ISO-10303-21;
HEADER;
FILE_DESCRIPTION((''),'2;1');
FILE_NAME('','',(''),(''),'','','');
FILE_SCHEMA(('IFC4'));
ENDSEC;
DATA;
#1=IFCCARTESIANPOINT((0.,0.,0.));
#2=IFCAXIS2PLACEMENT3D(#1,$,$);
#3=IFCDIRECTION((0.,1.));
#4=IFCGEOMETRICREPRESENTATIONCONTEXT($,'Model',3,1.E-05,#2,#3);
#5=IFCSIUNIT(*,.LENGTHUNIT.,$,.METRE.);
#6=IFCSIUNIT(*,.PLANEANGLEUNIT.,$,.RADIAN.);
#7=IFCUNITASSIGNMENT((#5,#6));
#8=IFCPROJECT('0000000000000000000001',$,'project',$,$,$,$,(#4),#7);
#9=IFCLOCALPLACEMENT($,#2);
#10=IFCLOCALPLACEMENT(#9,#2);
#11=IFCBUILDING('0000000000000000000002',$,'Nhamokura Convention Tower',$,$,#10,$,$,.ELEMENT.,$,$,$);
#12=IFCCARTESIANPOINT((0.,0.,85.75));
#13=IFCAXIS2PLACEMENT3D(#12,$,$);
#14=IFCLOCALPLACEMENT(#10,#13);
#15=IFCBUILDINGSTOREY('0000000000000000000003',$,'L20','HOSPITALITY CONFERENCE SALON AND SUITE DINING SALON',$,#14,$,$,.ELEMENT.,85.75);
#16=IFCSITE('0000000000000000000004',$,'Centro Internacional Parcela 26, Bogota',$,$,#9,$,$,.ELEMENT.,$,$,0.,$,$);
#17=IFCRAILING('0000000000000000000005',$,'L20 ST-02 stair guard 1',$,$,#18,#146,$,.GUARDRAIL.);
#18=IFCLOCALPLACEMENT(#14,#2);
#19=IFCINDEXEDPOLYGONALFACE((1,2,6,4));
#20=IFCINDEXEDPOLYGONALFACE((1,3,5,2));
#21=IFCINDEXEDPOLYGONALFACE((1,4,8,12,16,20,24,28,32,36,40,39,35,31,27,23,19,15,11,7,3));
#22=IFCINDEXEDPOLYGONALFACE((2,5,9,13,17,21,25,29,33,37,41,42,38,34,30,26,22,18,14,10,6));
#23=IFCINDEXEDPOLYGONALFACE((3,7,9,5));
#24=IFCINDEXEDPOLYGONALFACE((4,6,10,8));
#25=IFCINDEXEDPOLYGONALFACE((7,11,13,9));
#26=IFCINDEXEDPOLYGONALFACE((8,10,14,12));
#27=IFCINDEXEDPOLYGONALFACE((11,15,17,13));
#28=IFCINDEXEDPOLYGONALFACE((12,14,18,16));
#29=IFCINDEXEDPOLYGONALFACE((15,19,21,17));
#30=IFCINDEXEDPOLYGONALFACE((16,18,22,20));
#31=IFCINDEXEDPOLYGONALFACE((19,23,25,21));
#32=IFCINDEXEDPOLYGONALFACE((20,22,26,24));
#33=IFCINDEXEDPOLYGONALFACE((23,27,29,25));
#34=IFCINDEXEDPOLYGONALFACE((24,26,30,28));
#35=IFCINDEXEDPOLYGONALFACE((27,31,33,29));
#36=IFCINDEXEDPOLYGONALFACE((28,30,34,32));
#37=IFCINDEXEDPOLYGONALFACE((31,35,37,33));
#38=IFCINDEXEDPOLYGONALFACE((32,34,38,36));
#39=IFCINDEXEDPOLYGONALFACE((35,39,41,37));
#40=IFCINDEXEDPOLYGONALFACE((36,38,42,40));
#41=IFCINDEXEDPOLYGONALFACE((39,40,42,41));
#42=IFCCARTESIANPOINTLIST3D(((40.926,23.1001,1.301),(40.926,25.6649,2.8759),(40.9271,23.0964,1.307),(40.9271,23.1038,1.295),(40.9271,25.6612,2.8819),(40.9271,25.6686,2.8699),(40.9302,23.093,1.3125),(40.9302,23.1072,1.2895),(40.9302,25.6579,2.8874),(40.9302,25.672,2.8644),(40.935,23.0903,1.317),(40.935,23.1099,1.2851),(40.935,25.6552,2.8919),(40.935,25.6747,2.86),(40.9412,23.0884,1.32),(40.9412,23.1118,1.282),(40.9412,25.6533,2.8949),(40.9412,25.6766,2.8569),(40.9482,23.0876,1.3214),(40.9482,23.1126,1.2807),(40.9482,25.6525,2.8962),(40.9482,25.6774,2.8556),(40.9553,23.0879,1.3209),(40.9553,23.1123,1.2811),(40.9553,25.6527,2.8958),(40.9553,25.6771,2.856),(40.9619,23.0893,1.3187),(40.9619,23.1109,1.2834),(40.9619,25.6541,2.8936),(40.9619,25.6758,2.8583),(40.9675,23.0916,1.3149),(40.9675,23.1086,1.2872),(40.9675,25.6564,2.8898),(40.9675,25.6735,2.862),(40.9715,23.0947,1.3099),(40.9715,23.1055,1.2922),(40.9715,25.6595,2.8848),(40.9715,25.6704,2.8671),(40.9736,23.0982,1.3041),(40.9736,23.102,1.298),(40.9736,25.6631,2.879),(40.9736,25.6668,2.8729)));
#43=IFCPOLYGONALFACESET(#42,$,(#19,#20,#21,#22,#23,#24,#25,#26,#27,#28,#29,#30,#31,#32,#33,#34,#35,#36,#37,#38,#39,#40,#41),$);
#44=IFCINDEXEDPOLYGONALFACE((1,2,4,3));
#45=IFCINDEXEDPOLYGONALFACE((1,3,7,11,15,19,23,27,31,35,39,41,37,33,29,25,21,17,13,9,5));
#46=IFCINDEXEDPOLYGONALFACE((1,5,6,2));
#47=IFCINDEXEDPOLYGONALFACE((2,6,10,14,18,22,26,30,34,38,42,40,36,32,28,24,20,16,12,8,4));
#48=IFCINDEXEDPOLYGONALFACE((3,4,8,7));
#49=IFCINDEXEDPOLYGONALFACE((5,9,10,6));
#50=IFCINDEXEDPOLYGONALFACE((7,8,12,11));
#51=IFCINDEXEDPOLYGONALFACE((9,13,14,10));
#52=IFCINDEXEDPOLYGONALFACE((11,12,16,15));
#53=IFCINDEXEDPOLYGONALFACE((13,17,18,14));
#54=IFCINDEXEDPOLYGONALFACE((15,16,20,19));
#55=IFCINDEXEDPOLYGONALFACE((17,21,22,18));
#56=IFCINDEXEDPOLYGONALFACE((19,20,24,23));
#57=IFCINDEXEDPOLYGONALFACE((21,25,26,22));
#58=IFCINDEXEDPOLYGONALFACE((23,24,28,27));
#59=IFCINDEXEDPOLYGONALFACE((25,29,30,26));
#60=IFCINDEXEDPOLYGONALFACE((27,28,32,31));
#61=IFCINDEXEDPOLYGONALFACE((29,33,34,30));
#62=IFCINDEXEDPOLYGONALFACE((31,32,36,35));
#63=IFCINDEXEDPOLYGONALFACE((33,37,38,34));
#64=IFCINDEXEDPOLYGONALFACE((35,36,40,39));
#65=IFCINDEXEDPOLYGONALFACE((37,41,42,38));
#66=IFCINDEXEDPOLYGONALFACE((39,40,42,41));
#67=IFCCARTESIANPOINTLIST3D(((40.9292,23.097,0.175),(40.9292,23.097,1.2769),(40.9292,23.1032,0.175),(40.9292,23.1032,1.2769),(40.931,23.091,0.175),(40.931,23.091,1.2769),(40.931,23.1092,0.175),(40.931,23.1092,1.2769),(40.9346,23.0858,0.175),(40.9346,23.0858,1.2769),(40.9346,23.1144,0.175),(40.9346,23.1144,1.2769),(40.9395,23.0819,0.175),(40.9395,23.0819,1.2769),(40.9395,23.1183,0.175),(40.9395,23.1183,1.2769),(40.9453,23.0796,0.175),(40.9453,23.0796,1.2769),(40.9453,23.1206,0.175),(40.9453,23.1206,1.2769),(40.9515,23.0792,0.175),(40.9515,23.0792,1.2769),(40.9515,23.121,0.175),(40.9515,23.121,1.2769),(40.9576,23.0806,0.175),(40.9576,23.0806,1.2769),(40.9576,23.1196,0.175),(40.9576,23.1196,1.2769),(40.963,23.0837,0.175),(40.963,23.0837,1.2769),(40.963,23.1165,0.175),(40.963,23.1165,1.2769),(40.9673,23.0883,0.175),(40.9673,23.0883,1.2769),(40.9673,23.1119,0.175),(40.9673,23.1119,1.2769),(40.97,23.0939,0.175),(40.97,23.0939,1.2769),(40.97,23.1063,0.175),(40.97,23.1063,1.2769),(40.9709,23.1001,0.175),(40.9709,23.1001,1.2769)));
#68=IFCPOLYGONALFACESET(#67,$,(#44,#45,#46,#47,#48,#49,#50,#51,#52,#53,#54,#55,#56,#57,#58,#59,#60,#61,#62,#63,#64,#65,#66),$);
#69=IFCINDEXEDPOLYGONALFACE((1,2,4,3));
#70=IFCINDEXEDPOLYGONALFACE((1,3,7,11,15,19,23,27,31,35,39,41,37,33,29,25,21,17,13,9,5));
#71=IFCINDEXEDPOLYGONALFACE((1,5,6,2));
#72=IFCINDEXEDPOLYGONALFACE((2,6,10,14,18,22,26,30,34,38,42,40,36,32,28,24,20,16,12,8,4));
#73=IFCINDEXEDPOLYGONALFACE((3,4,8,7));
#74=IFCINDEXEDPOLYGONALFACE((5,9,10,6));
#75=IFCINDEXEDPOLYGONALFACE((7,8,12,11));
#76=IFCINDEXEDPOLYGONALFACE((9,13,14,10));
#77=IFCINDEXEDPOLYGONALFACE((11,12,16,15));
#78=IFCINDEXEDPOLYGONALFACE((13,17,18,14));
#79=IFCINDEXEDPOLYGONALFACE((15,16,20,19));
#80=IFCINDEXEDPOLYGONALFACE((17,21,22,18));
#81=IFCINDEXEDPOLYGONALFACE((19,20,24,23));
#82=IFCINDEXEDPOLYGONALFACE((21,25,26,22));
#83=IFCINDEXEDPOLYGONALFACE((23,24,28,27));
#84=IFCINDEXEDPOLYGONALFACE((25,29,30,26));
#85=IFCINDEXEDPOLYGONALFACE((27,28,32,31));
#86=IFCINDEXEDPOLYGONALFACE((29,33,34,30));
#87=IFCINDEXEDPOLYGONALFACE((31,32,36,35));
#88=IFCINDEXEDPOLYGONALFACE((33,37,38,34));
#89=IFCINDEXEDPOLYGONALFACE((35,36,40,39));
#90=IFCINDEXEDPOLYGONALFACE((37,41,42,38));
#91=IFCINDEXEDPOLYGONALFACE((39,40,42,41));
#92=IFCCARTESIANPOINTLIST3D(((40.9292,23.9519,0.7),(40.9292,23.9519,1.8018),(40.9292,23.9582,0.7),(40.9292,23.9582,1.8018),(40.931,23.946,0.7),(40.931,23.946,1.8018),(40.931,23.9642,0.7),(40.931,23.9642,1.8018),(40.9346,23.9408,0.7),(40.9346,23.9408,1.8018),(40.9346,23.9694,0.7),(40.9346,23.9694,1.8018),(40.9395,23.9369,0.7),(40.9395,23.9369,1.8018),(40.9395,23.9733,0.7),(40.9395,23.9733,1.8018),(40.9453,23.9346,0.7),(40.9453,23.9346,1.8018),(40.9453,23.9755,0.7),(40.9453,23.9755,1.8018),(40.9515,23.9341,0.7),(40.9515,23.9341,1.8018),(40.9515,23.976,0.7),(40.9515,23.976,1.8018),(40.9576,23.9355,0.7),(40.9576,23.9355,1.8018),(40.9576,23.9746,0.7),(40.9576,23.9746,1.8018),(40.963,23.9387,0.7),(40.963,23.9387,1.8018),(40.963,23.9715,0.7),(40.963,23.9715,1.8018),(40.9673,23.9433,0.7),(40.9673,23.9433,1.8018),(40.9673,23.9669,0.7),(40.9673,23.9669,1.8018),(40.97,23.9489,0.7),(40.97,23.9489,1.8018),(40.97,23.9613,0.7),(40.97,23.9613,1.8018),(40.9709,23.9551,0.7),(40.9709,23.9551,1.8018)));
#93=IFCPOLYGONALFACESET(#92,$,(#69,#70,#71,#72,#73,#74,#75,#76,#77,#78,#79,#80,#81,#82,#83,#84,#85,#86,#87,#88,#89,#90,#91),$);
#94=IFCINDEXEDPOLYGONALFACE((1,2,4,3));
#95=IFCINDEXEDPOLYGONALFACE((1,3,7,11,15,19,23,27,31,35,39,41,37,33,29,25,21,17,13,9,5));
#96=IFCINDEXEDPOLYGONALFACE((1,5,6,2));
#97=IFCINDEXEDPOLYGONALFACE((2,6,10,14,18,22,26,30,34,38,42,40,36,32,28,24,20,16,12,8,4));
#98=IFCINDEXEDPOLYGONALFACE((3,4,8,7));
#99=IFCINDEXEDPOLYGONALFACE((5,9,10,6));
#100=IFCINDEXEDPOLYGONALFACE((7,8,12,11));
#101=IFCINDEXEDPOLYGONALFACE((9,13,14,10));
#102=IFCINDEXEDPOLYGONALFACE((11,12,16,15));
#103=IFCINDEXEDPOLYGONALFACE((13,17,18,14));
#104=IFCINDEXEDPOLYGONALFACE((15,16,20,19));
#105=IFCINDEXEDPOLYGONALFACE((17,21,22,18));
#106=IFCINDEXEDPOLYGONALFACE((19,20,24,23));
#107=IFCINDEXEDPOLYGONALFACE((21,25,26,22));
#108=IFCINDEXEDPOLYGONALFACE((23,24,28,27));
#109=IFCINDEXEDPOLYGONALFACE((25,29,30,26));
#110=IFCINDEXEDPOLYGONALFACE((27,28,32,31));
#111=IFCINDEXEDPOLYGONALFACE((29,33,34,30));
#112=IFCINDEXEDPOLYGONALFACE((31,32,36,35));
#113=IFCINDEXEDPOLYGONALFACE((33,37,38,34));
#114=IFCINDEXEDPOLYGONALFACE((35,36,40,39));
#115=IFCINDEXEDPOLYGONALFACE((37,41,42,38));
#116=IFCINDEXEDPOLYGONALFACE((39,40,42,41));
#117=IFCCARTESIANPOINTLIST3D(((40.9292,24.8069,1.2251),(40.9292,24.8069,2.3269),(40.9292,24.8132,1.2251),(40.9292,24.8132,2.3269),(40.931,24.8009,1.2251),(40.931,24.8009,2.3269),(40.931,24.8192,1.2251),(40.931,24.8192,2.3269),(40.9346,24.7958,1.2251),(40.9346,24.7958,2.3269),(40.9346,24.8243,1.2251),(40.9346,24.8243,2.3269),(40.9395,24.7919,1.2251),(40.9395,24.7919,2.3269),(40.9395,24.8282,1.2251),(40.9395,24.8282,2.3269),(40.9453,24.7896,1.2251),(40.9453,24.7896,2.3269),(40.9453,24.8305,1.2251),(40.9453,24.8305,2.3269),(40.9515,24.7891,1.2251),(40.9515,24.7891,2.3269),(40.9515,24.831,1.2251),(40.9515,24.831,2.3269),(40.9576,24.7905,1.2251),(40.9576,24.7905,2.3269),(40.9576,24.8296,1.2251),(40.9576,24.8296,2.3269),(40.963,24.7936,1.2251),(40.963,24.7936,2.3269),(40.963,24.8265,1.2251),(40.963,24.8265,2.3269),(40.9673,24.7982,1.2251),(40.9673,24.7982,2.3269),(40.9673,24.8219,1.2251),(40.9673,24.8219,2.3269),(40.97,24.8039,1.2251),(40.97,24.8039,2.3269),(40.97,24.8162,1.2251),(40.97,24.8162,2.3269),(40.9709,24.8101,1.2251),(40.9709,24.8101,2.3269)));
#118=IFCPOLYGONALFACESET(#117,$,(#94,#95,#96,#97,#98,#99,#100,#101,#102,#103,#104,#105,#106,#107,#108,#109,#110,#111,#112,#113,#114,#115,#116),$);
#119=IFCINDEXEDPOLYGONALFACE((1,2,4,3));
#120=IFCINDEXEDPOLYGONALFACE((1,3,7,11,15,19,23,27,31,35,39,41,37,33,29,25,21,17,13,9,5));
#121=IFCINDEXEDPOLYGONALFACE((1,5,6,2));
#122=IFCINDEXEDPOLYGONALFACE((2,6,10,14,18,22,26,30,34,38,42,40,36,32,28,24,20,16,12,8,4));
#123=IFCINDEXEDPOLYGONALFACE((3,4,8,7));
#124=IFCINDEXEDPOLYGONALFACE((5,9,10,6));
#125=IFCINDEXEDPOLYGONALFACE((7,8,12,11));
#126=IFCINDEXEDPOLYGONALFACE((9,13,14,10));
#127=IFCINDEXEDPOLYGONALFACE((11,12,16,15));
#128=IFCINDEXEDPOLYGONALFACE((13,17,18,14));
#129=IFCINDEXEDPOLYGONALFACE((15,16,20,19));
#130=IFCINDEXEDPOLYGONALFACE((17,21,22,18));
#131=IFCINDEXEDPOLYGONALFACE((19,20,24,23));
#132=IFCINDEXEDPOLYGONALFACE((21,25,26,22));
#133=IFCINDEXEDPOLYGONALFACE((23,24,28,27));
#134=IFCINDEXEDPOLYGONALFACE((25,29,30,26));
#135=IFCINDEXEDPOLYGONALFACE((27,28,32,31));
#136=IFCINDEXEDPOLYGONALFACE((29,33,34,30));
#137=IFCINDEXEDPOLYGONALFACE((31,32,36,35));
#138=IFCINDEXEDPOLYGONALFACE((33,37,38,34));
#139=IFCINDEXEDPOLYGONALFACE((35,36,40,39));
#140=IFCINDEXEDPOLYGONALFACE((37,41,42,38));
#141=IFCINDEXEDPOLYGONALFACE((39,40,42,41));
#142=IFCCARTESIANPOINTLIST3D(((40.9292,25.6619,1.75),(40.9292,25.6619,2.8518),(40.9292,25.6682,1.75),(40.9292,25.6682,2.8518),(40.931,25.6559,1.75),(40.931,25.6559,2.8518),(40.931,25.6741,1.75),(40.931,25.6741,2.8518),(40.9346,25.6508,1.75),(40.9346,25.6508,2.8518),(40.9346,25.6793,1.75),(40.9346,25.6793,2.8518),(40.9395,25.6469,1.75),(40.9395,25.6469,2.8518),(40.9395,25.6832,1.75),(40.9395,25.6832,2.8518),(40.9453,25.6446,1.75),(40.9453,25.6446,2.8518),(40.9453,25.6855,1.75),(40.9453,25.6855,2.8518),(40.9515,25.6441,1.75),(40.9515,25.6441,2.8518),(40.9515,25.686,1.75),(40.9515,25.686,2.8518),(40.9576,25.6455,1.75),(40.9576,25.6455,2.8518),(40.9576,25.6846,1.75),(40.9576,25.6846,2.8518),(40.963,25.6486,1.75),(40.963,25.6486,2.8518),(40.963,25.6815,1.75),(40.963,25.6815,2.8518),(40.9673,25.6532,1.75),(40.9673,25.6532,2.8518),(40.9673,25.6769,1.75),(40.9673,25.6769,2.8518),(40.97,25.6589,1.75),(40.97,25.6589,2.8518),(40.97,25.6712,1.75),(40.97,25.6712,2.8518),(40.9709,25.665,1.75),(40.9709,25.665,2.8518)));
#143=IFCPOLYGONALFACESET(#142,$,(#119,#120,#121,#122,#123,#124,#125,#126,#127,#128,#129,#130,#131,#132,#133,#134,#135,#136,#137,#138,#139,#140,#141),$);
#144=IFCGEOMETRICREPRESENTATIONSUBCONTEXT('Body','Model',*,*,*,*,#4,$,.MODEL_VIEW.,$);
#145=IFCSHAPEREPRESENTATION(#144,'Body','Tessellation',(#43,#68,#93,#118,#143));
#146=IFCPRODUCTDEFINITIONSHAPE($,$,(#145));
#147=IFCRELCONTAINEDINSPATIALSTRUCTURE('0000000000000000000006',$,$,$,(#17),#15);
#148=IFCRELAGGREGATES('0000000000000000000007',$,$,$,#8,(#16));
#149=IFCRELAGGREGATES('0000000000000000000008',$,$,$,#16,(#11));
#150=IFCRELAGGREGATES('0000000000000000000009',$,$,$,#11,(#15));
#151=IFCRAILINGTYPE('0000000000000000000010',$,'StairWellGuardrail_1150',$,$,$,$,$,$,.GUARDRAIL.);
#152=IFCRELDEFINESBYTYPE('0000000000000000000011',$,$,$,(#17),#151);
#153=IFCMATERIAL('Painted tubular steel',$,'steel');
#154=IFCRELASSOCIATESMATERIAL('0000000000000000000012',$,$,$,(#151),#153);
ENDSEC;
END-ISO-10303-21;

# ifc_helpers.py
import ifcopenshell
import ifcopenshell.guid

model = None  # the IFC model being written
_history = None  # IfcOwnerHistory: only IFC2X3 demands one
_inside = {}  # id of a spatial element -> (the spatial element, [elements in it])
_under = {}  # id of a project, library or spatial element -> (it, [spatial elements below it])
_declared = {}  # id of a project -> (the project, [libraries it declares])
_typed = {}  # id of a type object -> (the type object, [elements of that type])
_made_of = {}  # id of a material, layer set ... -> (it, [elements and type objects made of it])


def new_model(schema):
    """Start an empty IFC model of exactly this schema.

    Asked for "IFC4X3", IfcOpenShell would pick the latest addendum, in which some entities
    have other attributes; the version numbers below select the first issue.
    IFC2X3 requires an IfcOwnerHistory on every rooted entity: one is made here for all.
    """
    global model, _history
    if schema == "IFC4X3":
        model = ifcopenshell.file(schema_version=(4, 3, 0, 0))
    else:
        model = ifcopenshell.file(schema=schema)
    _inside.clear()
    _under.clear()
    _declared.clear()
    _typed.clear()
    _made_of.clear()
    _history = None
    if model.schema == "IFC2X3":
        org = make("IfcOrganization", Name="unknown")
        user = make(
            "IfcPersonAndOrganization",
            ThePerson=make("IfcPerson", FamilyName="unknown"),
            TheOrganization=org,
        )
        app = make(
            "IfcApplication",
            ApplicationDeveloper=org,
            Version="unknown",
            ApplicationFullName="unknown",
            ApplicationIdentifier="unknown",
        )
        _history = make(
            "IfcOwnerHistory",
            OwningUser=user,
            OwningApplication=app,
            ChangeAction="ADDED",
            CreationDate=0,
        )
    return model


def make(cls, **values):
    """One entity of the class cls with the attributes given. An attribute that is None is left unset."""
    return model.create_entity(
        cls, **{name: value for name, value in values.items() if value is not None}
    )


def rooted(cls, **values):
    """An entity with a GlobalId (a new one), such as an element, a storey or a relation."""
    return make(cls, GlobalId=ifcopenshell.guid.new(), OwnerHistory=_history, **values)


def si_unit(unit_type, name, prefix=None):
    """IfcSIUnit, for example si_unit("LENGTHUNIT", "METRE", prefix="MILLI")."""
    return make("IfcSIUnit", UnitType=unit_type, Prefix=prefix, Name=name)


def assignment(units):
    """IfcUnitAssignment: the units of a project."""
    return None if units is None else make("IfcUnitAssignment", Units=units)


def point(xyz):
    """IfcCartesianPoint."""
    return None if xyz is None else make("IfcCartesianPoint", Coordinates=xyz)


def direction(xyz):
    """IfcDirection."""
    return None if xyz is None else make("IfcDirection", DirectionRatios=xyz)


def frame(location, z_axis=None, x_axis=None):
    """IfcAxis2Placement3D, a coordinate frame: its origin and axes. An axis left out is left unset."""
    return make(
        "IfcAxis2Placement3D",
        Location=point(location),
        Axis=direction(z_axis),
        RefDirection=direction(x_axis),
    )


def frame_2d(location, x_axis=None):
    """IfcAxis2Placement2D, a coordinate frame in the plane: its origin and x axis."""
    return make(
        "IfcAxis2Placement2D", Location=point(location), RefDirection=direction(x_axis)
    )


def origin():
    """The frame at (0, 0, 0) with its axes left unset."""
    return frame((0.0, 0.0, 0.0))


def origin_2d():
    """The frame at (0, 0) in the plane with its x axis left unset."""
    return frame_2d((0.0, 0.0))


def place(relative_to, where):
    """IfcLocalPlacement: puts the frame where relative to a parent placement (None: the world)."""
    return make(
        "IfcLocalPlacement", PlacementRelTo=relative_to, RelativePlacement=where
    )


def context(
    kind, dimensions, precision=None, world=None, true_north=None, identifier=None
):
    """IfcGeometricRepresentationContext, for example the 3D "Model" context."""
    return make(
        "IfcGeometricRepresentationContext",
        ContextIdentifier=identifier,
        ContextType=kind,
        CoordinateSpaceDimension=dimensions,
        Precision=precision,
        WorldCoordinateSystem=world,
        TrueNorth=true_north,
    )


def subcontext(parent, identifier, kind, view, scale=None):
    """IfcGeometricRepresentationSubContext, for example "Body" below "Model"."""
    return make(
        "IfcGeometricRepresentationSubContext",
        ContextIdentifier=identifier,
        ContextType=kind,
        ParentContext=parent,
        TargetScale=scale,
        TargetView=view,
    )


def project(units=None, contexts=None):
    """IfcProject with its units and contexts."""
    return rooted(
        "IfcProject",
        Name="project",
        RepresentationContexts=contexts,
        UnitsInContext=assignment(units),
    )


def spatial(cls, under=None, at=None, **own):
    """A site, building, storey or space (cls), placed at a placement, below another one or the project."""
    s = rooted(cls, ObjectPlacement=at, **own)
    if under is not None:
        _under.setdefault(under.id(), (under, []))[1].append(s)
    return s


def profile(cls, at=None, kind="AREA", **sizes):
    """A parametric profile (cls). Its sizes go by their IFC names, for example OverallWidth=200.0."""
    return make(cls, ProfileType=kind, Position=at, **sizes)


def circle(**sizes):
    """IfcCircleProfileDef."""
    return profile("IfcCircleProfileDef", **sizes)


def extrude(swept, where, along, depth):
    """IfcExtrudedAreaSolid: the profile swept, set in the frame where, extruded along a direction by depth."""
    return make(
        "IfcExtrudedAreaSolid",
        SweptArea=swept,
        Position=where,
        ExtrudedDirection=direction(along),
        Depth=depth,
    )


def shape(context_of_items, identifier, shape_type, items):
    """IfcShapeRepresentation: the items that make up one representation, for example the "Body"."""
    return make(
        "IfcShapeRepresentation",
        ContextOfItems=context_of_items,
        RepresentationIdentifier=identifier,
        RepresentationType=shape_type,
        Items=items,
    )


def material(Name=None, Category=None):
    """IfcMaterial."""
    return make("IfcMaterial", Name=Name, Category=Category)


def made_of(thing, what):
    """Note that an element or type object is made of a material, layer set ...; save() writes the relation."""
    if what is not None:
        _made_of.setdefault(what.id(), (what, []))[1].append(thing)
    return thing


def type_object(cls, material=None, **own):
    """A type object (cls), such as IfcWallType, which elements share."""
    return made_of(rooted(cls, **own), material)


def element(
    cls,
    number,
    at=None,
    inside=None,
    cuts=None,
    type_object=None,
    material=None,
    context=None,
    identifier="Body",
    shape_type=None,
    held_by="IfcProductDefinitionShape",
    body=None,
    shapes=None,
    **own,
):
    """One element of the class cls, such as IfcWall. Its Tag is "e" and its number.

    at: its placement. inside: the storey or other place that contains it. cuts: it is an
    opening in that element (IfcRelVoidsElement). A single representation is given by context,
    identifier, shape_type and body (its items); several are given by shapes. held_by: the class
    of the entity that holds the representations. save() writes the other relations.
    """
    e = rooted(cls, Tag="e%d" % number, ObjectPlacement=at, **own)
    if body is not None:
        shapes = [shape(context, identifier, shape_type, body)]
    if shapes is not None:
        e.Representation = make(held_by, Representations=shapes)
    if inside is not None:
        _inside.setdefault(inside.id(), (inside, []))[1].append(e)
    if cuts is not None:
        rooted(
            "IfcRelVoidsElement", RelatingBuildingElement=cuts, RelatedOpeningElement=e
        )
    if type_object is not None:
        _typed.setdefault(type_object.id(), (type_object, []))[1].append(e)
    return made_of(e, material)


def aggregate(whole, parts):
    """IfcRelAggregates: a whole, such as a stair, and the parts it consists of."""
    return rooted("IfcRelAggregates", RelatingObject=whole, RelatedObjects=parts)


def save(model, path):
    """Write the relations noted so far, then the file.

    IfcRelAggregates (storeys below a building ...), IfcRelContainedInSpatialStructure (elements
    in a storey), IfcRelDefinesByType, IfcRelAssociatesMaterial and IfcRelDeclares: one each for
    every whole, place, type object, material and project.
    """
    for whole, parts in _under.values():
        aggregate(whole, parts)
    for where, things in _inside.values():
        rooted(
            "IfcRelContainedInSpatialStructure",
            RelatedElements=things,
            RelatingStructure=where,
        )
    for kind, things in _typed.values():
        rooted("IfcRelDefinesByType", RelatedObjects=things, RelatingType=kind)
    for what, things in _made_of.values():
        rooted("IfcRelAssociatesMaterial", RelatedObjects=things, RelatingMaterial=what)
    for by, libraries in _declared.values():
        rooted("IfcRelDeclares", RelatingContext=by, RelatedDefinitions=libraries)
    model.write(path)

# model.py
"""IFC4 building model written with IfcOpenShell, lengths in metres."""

from ifc_helpers import new_model, si_unit, direction, frame, origin, origin_2d, place, context, subcontext, project, spatial, circle, extrude, material, type_object, element, save


model = new_model("IFC4")

# Units and contexts
model_context = context("Model", 3, precision=1e-05, world=origin(), true_north=direction((0.0, 1.0)))
body_context = subcontext(model_context, "Body", "Model", "MODEL_VIEW")
ifc_project = project(units=[si_unit("LENGTHUNIT", "METRE"), si_unit("PLANEANGLEUNIT", "RADIAN")], contexts=[model_context])

# Site, building, storey
site_placement = place(None, origin())
site = spatial("IfcSite", under=ifc_project, at=site_placement, Name="Centro Internacional Parcela 26, Bogota", CompositionType="ELEMENT", RefElevation=0.0)
building_placement = place(site_placement, origin())
building = spatial("IfcBuilding", under=site, at=building_placement, Name="Nhamokura Convention Tower", CompositionType="ELEMENT")
storey_placement = place(building_placement, frame((0.0, 0.0, 85.75)))
storey = spatial("IfcBuildingStorey", under=building, at=storey_placement, Name="L20", Description="HOSPITALITY CONFERENCE SALON AND SUITE DINING SALON", CompositionType="ELEMENT", Elevation=85.75)

# Railing
ifc_material_1 = material(Name="Painted tubular steel", Category="steel")
railing_type_1 = type_object("IfcRailingType", Name="StairWellGuardrail_1150", PredefinedType="GUARDRAIL", material=ifc_material_1)
railing_1_placement = place(storey_placement, frame((40.95, 23.1001, 0.175)))
element("IfcRailing", 1, at=railing_1_placement, inside=storey, type_object=railing_type_1, Name="L20 ST-02 stair guard 1", PredefinedType="GUARDRAIL", context=body_context, shape_type="SweptSolid", body=[
    extrude(circle(Radius=0.0239, at=origin_2d()), frame((0.0, 0.0, 1.126), z_axis=(0.0, 0.852173, 0.52326), x_axis=(-1.0, 0.0, 0.0)), (0.0, 0.0, 1.0), 3.0098),
    extrude(circle(Radius=0.021, at=origin_2d()), origin(), (0.0, 0.0, 1.0), 1.1018),
    extrude(circle(Radius=0.021, at=origin_2d()), frame((0.0, 0.855, 0.5249)), (0.0, 0.0, 1.0), 1.1018),
    extrude(circle(Radius=0.021, at=origin_2d()), frame((0.0, 1.71, 1.05)), (0.0, 0.0, 1.0), 1.1018),
    extrude(circle(Radius=0.021, at=origin_2d()), frame((0.0, 2.5649, 1.575)), (0.0, 0.0, 1.0), 1.1018),
])

save(model, "model.ifc")
